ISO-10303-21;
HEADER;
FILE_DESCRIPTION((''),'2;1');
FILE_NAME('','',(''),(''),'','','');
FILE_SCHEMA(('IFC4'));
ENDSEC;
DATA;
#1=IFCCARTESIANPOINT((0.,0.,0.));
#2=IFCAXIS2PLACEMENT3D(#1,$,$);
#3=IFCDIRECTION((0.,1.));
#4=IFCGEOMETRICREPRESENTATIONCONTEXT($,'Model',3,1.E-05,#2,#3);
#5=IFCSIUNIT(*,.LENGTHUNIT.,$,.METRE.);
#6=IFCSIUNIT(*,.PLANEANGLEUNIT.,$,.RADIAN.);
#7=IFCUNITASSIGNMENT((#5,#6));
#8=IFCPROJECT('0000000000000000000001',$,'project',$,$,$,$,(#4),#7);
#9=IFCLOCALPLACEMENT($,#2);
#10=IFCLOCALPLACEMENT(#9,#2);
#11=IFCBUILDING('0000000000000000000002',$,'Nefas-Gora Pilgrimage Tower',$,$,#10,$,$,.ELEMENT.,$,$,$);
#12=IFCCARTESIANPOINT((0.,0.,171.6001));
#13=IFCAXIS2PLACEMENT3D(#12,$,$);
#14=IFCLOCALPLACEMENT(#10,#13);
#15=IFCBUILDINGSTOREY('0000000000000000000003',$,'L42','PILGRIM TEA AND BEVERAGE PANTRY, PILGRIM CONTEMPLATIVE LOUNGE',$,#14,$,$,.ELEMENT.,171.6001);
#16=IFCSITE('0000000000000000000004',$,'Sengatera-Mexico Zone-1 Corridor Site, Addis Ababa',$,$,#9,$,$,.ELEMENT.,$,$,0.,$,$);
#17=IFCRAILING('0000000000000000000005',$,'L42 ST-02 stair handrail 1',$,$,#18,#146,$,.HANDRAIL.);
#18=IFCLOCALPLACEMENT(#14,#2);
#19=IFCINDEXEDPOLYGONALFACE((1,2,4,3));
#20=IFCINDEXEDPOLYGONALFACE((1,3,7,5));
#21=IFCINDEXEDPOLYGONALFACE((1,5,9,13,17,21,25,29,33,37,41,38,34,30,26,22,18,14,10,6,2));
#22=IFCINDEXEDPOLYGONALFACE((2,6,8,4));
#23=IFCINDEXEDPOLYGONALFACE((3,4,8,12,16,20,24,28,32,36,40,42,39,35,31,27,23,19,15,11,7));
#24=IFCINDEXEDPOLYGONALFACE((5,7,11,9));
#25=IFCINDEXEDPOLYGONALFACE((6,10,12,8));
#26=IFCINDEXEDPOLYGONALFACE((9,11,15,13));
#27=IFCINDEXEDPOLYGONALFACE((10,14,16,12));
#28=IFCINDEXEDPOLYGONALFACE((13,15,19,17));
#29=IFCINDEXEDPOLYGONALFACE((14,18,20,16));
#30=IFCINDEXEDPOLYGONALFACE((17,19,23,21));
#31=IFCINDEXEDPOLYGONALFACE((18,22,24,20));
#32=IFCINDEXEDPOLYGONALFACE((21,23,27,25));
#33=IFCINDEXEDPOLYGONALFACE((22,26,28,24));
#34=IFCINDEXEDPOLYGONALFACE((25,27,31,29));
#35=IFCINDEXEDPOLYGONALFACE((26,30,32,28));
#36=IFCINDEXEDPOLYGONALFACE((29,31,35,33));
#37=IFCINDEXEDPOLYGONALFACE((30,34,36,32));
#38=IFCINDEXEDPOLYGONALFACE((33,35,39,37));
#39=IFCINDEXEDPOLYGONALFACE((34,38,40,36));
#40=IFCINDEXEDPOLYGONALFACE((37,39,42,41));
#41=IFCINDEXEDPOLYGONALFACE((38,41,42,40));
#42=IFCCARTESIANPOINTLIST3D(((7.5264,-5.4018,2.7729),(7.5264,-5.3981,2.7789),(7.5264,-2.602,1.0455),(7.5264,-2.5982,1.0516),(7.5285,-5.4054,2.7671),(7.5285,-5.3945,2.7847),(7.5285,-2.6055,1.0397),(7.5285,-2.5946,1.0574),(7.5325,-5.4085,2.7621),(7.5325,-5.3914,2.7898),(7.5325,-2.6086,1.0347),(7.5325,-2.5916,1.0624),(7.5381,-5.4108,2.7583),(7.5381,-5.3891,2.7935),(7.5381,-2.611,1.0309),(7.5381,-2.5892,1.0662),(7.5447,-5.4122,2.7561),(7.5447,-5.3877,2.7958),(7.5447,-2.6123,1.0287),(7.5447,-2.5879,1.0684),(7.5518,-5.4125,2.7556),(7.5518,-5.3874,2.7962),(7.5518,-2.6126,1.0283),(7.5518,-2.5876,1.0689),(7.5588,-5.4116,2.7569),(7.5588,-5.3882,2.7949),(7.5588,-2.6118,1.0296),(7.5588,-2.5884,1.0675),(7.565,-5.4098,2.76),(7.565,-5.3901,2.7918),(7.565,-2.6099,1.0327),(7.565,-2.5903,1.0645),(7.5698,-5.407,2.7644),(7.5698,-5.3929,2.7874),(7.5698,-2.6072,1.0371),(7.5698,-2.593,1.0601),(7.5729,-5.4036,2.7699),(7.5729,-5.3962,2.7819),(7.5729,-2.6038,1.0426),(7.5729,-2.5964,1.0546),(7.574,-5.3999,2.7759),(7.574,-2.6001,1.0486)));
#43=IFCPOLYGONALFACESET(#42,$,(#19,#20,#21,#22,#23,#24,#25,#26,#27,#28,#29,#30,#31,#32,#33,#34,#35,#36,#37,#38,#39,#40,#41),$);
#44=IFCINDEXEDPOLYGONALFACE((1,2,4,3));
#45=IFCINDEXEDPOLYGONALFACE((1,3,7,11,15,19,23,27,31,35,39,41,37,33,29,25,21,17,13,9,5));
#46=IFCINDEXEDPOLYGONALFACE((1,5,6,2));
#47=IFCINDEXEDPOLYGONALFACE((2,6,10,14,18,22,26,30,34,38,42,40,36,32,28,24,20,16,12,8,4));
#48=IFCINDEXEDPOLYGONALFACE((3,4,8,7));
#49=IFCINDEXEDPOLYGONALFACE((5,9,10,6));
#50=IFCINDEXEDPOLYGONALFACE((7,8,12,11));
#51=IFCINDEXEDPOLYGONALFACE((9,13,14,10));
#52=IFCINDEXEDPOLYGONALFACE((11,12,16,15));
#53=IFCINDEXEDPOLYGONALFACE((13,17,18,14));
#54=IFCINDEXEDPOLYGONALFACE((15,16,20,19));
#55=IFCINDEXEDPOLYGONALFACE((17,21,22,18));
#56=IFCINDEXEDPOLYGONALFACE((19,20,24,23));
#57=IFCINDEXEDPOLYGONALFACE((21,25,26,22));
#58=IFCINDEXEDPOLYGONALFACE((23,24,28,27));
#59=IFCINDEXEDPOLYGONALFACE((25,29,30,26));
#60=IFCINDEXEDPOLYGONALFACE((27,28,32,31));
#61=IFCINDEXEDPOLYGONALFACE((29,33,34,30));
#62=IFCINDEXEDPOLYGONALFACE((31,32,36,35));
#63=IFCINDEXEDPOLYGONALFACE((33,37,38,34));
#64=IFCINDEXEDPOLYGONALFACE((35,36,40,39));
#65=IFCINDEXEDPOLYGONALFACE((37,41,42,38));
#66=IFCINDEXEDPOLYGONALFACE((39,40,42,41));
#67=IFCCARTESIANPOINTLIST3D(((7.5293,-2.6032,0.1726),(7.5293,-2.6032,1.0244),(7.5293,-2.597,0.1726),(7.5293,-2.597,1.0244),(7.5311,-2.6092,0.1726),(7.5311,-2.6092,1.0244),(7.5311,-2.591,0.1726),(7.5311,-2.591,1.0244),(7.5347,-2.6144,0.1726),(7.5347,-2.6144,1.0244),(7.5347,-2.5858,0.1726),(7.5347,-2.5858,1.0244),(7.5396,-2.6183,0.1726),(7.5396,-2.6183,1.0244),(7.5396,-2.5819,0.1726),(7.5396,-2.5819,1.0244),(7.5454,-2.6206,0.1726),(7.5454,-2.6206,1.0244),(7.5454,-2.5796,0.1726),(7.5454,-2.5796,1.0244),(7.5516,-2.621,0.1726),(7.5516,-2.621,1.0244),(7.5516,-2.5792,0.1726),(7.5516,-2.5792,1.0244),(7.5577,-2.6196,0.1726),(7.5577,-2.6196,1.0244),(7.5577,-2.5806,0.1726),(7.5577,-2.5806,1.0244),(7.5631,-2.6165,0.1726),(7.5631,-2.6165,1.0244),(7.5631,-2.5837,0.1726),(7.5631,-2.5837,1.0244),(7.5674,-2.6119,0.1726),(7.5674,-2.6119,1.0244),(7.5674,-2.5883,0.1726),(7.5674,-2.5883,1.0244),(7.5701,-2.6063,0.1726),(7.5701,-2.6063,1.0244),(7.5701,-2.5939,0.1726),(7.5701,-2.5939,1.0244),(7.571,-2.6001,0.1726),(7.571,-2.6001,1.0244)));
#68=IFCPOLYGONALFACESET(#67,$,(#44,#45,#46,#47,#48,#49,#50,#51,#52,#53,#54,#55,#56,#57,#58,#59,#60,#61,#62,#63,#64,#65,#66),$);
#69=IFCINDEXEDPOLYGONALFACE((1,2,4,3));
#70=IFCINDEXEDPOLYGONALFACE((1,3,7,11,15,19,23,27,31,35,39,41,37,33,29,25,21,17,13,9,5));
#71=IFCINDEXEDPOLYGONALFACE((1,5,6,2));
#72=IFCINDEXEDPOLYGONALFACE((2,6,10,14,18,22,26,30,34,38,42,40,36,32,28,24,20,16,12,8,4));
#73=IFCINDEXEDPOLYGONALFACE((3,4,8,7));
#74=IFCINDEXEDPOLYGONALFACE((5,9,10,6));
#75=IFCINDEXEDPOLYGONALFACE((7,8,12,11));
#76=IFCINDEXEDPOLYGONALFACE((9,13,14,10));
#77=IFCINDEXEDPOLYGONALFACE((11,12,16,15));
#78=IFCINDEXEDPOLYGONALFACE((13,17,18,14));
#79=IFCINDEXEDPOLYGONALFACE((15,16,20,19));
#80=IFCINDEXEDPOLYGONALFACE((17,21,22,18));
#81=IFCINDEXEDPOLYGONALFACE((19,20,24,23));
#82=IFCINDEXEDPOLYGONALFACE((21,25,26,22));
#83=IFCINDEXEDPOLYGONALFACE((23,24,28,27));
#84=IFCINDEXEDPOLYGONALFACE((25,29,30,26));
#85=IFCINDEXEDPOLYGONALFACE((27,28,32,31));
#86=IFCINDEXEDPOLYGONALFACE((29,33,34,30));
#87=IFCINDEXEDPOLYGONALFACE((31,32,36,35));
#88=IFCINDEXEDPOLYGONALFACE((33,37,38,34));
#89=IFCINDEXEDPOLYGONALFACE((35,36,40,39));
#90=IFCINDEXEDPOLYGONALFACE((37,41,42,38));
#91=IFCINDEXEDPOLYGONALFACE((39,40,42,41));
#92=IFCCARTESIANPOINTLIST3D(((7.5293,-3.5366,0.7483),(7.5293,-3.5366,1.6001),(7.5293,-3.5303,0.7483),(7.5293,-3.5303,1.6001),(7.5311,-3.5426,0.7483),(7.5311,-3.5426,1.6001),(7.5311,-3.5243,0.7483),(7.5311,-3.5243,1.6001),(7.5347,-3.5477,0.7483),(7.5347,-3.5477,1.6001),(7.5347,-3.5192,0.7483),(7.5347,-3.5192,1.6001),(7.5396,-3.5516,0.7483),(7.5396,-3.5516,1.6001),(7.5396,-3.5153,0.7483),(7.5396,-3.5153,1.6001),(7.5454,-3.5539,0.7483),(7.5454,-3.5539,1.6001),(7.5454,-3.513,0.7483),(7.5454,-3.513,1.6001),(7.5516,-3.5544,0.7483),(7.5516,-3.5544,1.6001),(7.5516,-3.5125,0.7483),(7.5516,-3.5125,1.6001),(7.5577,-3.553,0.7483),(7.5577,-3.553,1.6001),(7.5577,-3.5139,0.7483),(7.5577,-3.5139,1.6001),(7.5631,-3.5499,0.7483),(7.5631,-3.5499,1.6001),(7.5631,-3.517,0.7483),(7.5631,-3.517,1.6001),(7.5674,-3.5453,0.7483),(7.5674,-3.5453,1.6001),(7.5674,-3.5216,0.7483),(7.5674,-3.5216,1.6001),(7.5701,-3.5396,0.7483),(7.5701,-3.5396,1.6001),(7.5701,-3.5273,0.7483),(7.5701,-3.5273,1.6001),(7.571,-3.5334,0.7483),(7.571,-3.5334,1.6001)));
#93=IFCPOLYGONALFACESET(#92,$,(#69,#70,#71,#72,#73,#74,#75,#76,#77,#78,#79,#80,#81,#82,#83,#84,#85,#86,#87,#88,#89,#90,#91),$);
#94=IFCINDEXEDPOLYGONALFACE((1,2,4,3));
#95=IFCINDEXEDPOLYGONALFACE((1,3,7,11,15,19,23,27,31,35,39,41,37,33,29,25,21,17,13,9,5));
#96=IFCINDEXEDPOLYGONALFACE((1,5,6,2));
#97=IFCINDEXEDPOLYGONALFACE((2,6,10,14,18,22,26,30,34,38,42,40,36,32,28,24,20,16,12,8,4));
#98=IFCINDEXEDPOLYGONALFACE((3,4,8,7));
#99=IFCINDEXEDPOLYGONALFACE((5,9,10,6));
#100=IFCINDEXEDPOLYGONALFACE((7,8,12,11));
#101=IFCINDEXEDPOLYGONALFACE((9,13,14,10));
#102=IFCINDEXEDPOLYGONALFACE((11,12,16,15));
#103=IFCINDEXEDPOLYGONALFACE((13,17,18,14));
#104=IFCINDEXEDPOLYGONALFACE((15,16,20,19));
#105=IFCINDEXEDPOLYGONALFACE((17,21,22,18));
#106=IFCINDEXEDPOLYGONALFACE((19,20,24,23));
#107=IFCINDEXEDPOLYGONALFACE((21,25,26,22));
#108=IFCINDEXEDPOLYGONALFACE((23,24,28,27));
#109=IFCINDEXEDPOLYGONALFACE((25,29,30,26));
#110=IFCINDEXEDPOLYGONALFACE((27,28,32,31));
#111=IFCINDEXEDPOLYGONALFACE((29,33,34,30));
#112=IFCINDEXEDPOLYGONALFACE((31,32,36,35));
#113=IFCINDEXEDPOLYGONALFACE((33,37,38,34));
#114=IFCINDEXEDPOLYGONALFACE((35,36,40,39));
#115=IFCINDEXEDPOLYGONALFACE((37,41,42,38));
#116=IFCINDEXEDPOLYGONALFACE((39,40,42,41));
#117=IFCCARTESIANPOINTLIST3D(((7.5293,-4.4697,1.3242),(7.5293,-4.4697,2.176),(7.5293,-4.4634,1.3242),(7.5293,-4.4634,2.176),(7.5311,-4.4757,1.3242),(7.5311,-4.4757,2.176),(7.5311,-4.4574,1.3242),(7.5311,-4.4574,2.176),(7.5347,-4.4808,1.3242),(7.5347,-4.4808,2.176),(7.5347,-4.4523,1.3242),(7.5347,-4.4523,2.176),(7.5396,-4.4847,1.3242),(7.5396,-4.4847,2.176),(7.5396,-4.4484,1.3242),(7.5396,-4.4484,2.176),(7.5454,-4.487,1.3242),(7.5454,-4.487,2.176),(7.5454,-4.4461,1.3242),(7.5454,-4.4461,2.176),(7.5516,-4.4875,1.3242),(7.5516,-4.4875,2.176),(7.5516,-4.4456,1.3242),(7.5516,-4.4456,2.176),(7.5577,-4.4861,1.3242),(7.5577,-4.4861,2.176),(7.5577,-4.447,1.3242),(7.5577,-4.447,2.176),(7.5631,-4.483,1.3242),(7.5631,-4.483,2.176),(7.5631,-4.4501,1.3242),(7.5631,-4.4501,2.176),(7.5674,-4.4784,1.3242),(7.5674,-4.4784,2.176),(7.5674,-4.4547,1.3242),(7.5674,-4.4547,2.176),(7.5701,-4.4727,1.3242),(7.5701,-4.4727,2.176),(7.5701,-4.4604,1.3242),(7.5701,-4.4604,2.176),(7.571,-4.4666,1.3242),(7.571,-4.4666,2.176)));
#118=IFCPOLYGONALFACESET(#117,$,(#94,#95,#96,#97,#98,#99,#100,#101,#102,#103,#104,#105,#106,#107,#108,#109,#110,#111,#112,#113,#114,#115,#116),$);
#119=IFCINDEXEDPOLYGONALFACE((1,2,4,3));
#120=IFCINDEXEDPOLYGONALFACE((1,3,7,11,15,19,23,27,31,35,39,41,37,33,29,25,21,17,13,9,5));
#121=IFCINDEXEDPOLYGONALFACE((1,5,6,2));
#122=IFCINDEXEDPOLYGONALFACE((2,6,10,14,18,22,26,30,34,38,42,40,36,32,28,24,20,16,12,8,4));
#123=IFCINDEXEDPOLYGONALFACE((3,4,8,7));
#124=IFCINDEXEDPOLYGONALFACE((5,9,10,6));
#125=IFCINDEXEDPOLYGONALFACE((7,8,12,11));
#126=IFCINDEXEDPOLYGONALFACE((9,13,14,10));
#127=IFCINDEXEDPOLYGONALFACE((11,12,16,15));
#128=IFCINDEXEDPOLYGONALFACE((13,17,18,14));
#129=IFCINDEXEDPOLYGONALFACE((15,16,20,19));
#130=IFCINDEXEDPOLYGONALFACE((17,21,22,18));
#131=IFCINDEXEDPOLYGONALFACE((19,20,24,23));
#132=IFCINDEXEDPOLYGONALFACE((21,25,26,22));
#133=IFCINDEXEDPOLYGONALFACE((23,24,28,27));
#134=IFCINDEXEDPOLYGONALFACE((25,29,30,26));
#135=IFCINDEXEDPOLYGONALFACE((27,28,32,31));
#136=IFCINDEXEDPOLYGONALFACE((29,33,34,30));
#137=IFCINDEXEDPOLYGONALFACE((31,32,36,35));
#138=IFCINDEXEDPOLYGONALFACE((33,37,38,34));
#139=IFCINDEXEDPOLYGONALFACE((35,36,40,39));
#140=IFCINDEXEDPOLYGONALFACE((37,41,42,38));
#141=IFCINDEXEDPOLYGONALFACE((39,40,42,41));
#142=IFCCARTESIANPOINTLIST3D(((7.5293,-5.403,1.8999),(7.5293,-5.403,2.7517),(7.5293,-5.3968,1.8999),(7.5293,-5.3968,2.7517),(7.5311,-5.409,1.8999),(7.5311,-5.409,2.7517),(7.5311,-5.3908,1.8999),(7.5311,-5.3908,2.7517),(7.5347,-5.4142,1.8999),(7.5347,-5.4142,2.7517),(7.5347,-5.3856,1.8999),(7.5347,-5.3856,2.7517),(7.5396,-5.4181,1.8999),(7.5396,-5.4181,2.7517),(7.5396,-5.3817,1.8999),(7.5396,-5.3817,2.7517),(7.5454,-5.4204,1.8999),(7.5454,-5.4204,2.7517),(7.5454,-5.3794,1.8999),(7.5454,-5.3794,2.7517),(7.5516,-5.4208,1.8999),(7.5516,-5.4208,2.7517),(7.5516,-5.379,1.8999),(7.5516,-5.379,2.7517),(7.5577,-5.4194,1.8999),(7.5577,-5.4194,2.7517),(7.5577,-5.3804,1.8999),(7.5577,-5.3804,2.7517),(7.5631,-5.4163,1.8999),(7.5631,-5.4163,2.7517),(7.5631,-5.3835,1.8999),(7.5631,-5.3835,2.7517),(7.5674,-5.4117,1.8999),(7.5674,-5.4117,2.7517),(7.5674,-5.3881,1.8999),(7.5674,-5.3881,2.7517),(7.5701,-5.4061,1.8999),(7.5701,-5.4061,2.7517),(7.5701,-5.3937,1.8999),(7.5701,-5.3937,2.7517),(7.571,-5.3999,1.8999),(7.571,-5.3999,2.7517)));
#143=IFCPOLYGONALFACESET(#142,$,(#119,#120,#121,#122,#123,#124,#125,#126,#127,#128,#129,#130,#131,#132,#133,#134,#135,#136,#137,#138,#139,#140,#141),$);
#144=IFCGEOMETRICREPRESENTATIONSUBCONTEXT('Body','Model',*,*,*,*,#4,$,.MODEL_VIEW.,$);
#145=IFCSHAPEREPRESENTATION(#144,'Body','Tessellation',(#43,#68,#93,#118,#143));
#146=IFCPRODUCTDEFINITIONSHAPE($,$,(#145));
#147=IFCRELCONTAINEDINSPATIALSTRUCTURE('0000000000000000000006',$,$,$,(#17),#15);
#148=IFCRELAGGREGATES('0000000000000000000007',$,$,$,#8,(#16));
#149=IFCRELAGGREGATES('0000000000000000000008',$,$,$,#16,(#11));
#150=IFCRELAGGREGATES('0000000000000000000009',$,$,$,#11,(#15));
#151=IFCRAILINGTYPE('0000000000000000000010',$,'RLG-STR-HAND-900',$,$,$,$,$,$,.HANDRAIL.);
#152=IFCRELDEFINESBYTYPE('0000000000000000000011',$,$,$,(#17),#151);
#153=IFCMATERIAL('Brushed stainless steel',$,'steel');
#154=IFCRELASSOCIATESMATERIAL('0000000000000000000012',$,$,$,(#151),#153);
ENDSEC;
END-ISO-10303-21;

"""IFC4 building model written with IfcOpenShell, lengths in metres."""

from ifc_helpers import new_model, si_unit, direction, frame, origin, origin_2d, place, context, subcontext, project, spatial, circle, extrude, material, type_object, element, save


model = new_model("IFC4")

# Units and contexts
model_context = context("Model", 3, precision=1e-05, world=origin(), true_north=direction((0.0, 1.0)))
body_context = subcontext(model_context, "Body", "Model", "MODEL_VIEW")
ifc_project = project(units=[si_unit("LENGTHUNIT", "METRE"), si_unit("PLANEANGLEUNIT", "RADIAN")], contexts=[model_context])

# Site, building, storey
site_placement = place(None, origin())
site = spatial("IfcSite", under=ifc_project, at=site_placement, Name="Sengatera-Mexico Zone-1 Corridor Site, Addis Ababa", CompositionType="ELEMENT", RefElevation=0.0)
building_placement = place(site_placement, origin())
building = spatial("IfcBuilding", under=site, at=building_placement, Name="Nefas-Gora Pilgrimage Tower", CompositionType="ELEMENT")
storey_placement = place(building_placement, frame((0.0, 0.0, 171.6001)))
storey = spatial("IfcBuildingStorey", under=building, at=storey_placement, Name="L42", Description="PILGRIM TEA AND BEVERAGE PANTRY, PILGRIM CONTEMPLATIVE LOUNGE", CompositionType="ELEMENT", Elevation=171.6001)

# Railing
ifc_material_1 = material(Name="Brushed stainless steel", Category="steel")
railing_type_1 = type_object("IfcRailingType", Name="RLG-STR-HAND-900", PredefinedType="HANDRAIL", material=ifc_material_1)
railing_1_placement = place(storey_placement, frame((7.55, -2.6001, 0.1726)))
element("IfcRailing", 1, at=railing_1_placement, inside=storey, type_object=railing_type_1, Name="L42 ST-02 stair handrail 1", PredefinedType="HANDRAIL", context=body_context, shape_type="SweptSolid", body=[
    extrude(circle(Radius=0.0239, at=origin_2d()), frame((0.0, 0.0, 0.876), z_axis=(0.0, -0.851069, 0.525054), x_axis=(1.0, 0.0, 0.0)), (0.0, 0.0, 1.0), 3.2898),
    extrude(circle(Radius=0.021, at=origin_2d()), origin(), (0.0, 0.0, 1.0), 0.8518),
    extrude(circle(Radius=0.021, at=origin_2d()), frame((0.0, -0.9333, 0.5757)), (0.0, 0.0, 1.0), 0.8518),
    extrude(circle(Radius=0.021, at=origin_2d()), frame((0.0, -1.8665, 1.1516)), (0.0, 0.0, 1.0), 0.8518),
    extrude(circle(Radius=0.021, at=origin_2d()), frame((0.0, -2.7998, 1.7273)), (0.0, 0.0, 1.0), 0.8518),
])

save(model, "model.ifc")
